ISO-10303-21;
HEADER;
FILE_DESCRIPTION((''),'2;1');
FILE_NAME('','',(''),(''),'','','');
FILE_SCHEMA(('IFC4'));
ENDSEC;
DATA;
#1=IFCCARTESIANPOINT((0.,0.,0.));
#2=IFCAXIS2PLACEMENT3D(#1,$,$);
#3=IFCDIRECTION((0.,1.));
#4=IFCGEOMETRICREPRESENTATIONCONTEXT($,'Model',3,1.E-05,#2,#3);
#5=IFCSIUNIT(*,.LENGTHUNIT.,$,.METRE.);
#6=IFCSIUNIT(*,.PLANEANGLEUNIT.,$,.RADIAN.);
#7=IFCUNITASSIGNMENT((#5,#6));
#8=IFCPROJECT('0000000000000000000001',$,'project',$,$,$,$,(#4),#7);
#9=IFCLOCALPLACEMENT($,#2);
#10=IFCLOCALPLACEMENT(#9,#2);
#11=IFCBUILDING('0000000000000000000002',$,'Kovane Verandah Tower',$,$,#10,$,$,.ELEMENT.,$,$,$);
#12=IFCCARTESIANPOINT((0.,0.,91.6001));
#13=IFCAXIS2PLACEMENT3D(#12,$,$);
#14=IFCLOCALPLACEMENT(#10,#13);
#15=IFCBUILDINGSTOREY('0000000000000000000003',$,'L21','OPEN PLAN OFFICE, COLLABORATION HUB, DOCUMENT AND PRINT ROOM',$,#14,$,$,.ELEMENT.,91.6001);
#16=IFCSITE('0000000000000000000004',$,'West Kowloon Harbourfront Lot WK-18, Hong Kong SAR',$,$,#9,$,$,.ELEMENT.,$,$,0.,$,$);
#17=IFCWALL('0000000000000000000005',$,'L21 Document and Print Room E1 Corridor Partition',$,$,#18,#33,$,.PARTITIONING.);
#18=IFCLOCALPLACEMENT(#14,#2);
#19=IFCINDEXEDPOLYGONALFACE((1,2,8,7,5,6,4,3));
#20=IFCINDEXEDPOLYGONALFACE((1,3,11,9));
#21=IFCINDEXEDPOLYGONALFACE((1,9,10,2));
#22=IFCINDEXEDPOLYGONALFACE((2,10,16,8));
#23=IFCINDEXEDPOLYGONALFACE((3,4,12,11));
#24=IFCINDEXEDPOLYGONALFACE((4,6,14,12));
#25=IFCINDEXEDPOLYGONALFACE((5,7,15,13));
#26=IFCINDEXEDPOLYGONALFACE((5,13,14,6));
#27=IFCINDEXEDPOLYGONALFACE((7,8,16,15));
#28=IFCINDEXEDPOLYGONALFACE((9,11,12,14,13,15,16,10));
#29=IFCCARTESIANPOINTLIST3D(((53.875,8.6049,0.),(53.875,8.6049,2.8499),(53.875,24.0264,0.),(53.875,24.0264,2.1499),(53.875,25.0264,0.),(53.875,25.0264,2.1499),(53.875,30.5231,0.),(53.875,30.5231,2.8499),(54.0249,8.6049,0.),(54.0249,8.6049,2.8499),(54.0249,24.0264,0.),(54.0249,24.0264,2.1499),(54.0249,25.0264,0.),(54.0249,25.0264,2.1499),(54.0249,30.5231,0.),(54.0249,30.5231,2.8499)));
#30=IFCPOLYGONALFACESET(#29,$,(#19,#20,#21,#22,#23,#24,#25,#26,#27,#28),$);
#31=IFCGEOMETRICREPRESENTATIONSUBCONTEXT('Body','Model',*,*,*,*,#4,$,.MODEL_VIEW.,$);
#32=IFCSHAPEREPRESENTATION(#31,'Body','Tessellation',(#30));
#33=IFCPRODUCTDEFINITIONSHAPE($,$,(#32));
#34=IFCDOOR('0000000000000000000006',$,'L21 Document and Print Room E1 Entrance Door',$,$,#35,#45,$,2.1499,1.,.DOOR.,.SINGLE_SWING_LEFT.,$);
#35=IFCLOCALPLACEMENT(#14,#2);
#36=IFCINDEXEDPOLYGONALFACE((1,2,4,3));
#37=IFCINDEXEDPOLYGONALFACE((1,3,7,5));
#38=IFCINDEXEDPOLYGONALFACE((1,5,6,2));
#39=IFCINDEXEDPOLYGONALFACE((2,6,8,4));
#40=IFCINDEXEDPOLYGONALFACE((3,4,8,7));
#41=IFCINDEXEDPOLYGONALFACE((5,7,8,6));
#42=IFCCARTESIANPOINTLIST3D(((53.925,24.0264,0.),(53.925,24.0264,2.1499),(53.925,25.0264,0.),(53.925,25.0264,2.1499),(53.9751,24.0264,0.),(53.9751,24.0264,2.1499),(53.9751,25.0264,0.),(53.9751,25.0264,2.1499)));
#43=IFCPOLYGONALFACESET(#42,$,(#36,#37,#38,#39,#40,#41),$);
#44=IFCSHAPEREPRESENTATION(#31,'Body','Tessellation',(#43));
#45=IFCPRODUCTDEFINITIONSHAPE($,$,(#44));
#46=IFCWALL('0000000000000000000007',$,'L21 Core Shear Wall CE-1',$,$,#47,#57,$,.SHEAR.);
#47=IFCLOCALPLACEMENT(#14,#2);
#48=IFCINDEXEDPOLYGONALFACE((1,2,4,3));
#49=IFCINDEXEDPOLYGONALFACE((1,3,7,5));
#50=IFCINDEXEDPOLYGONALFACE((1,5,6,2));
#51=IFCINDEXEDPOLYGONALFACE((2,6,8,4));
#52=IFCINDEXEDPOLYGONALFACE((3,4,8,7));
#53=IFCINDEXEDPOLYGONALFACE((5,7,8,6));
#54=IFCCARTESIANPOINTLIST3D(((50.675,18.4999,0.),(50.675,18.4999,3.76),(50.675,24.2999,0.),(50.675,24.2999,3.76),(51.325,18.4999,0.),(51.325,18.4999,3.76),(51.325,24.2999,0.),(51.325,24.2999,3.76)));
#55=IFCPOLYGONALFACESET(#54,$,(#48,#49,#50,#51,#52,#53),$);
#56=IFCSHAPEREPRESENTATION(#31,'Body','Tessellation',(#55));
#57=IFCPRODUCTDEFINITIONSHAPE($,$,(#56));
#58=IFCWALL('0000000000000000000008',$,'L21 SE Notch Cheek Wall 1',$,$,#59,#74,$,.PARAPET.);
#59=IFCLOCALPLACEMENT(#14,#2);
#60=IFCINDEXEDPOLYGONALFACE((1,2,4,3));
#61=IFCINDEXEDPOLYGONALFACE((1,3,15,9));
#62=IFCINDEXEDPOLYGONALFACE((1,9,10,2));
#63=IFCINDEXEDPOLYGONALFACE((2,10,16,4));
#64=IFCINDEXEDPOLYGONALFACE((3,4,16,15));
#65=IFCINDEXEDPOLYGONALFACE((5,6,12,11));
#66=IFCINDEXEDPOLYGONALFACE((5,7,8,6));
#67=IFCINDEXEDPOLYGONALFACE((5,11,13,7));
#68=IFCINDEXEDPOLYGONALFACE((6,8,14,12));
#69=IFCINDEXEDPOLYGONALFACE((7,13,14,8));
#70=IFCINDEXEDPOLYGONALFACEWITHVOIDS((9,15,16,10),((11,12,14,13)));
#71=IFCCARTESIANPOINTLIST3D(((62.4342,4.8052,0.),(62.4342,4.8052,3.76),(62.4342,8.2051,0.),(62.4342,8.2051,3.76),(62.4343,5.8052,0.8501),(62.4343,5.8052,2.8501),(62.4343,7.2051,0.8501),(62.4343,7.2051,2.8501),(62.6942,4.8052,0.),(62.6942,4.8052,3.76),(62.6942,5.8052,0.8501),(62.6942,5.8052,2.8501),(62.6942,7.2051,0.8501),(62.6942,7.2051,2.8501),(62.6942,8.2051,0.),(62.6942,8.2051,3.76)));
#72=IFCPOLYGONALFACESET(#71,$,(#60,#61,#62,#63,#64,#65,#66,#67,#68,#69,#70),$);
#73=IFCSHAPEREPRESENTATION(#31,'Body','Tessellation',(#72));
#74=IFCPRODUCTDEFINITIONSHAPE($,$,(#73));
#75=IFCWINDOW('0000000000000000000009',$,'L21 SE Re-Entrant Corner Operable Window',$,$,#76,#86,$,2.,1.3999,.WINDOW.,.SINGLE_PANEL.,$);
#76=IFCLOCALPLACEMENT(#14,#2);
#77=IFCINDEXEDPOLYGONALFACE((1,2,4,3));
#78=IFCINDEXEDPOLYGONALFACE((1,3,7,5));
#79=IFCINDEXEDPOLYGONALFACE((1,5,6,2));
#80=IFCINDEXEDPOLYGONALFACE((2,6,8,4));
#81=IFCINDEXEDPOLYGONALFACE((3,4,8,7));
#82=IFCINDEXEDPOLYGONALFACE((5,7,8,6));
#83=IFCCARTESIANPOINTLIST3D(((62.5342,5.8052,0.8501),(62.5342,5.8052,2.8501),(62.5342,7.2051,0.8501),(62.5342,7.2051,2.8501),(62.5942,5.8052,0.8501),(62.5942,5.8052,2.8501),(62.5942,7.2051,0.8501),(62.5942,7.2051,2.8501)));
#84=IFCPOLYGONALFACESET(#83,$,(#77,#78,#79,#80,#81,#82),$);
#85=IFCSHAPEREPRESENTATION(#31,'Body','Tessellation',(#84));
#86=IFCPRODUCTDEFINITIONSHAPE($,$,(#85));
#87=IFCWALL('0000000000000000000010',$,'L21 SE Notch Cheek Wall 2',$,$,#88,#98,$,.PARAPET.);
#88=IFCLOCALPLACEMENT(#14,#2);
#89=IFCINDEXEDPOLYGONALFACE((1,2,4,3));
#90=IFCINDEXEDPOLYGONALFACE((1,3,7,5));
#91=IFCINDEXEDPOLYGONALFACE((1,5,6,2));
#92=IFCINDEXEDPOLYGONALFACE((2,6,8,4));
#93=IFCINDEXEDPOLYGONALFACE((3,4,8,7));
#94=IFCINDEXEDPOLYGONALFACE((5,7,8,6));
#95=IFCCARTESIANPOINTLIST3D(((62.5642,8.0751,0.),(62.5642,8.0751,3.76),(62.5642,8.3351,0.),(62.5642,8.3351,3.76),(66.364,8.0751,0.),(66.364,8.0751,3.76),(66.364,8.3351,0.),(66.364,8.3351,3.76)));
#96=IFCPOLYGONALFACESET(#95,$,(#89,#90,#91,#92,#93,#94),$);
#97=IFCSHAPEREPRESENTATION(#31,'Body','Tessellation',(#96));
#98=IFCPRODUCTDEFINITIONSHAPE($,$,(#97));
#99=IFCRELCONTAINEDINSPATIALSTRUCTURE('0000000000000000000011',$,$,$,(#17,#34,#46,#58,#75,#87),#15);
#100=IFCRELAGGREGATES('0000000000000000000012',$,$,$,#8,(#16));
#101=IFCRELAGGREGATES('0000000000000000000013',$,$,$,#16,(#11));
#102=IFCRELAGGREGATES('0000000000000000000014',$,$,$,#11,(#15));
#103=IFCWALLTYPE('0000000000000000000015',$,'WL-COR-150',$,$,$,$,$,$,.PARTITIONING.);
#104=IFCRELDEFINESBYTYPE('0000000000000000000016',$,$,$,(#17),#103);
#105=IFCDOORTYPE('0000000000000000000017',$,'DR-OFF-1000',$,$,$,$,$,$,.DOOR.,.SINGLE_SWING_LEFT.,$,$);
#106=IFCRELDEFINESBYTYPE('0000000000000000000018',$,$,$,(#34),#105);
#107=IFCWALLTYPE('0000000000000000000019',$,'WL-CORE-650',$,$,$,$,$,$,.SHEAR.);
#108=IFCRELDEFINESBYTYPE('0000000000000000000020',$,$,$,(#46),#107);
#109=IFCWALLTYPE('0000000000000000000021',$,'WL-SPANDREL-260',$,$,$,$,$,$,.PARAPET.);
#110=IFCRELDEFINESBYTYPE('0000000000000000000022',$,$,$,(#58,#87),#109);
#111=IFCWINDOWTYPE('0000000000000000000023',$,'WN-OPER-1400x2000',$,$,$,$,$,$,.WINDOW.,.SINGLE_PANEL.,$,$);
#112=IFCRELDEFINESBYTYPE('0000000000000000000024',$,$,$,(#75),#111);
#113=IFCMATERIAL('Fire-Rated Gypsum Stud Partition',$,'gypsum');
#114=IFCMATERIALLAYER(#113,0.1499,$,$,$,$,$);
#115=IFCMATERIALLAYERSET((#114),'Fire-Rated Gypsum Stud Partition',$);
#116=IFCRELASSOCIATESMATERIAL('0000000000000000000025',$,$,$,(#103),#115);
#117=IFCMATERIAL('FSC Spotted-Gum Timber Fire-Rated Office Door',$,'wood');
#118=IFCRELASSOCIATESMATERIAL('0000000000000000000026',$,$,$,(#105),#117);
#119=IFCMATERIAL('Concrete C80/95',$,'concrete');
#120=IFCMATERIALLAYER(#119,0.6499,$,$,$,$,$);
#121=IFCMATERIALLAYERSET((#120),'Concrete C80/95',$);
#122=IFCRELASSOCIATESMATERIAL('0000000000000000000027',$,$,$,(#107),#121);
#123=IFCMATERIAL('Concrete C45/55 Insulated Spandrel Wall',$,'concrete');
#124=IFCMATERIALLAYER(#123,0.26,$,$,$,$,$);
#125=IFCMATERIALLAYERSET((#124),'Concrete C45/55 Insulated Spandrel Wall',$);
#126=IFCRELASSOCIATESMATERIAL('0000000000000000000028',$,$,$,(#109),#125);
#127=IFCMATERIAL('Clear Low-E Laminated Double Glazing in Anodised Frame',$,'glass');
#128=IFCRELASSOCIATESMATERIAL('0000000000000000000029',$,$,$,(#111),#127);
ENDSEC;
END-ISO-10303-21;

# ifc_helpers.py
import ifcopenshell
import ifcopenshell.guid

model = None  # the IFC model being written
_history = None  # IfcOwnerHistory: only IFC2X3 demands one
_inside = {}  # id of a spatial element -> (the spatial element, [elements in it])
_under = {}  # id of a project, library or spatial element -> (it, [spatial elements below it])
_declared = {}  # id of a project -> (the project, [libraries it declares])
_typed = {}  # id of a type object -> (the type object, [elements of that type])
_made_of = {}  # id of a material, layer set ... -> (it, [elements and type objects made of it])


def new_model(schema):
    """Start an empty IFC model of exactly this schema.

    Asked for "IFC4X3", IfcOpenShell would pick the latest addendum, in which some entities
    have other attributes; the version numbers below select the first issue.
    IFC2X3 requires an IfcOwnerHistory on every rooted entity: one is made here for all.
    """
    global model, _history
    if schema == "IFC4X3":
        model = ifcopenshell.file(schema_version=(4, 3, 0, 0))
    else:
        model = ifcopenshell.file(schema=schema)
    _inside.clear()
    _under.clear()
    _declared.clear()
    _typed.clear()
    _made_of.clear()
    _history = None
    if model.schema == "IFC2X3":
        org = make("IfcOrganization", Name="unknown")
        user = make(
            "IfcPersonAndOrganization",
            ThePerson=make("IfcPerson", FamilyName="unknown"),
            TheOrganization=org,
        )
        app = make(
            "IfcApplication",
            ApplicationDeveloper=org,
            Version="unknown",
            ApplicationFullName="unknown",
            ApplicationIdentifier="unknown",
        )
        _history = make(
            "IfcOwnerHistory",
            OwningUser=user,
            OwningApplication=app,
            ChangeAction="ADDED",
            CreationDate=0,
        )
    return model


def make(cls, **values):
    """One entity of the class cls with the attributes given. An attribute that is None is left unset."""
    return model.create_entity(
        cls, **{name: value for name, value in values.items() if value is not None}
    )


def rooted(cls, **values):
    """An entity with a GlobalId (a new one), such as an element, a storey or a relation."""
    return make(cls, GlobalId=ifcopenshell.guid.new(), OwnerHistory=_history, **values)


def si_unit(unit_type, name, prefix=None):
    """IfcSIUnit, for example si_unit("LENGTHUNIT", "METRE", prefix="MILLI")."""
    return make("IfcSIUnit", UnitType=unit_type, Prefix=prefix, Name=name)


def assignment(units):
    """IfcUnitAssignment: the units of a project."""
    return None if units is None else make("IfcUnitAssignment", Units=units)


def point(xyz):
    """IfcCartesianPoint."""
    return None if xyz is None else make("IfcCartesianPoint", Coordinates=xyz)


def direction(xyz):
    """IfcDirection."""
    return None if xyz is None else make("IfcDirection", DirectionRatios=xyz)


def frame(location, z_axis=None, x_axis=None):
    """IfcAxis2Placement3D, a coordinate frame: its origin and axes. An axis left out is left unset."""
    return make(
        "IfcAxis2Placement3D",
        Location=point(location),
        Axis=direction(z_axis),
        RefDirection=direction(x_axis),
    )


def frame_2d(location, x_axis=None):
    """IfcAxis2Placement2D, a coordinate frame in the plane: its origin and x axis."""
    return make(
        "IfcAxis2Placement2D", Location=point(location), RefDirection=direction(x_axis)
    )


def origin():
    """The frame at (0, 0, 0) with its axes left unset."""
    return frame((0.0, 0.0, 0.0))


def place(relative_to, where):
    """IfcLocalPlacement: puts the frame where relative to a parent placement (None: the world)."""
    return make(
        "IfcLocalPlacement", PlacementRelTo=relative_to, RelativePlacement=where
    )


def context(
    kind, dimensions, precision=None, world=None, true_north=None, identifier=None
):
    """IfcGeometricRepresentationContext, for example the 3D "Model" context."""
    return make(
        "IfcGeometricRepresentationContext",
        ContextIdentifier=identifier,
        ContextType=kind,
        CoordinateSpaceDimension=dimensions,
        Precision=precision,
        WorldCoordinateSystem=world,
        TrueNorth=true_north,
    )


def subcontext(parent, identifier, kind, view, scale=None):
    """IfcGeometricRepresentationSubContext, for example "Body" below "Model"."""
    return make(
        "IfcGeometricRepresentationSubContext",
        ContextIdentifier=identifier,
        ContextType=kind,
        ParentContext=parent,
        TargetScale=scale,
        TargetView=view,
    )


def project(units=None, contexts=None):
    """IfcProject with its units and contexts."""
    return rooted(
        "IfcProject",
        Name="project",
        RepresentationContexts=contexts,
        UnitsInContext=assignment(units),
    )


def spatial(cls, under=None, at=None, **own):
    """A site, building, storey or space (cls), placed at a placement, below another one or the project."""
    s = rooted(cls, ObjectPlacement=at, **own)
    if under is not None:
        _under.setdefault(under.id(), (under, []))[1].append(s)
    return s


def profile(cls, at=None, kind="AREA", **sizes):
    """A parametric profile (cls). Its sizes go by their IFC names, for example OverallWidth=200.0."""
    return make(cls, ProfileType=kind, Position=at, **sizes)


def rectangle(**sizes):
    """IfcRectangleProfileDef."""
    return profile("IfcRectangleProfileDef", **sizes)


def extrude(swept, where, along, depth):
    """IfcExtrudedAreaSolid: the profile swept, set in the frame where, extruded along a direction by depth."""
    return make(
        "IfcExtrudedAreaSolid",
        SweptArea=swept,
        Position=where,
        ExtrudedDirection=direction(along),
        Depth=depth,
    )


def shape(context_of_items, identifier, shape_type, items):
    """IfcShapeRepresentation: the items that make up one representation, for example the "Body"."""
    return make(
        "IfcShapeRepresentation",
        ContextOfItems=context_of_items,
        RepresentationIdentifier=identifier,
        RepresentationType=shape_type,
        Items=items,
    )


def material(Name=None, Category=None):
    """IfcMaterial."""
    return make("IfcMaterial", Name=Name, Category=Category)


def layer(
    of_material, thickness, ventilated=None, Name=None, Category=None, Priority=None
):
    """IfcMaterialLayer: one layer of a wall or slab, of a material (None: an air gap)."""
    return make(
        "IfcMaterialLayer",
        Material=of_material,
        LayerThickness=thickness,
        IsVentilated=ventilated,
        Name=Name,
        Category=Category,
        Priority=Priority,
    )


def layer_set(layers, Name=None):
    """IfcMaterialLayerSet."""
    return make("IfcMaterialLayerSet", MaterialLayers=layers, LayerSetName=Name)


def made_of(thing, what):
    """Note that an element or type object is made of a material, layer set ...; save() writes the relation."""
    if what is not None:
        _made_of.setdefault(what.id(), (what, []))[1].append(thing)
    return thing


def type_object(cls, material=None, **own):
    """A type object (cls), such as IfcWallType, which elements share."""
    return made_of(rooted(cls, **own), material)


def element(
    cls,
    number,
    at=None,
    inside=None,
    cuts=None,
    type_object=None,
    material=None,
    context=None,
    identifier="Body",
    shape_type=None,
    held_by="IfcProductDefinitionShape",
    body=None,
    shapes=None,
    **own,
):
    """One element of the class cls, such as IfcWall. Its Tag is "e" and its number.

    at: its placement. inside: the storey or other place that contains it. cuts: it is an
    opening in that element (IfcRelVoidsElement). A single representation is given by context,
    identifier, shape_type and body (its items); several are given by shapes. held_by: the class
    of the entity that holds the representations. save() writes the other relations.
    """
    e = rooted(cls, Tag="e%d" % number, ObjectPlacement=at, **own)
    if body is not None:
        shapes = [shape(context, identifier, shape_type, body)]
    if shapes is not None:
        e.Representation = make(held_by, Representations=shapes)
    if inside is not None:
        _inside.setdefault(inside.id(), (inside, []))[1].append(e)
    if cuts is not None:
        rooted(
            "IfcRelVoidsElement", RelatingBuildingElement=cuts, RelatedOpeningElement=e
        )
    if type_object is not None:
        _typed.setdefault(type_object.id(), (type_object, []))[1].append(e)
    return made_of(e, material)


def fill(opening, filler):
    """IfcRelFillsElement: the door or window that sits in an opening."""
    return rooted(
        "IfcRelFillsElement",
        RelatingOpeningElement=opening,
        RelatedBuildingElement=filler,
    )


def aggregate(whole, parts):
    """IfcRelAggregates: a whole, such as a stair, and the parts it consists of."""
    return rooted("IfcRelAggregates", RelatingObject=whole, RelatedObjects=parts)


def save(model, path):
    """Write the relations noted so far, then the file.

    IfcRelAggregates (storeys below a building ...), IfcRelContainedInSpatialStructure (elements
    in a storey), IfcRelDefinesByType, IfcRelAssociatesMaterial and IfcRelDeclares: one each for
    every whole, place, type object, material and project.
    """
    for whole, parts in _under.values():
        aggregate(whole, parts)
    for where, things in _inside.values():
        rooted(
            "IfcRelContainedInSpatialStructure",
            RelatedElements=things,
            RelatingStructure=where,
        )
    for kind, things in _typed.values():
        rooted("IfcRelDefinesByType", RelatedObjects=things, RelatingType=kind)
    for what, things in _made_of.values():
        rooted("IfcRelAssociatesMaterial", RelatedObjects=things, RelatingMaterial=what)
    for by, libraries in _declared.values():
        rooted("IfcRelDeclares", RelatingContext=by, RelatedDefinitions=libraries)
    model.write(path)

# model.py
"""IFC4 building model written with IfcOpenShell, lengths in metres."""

from ifc_helpers import new_model, si_unit, direction, frame, frame_2d, origin, place, context, subcontext, project, spatial, rectangle, extrude, material, layer, layer_set, type_object, element, fill, save


model = new_model("IFC4")

# Units and contexts
model_context = context("Model", 3, precision=1e-05, world=origin(), true_north=direction((0.0, 1.0)))
body_context = subcontext(model_context, "Body", "Model", "MODEL_VIEW")
ifc_project = project(units=[si_unit("LENGTHUNIT", "METRE"), si_unit("PLANEANGLEUNIT", "RADIAN")], contexts=[model_context])

# Site, building, storey
site_placement = place(None, origin())
site = spatial("IfcSite", under=ifc_project, at=site_placement, Name="West Kowloon Harbourfront Lot WK-18, Hong Kong SAR", CompositionType="ELEMENT", RefElevation=0.0)
building_placement = place(site_placement, origin())
building = spatial("IfcBuilding", under=site, at=building_placement, Name="Kovane Verandah Tower", CompositionType="ELEMENT")
storey_placement = place(building_placement, frame((0.0, 0.0, 91.6001)))
storey = spatial("IfcBuildingStorey", under=building, at=storey_placement, Name="L21", Description="OPEN PLAN OFFICE, COLLABORATION HUB, DOCUMENT AND PRINT ROOM", CompositionType="ELEMENT", Elevation=91.6001)

# Shared definitions
ifc_material_1 = material(Name="Concrete C80/95", Category="concrete")

# Wall, opening, door
ifc_material_2 = material(Name="Fire-Rated Gypsum Stud Partition", Category="gypsum")
ifc_layer_1 = layer(ifc_material_2, 0.1499)
ifc_layer_set_1 = layer_set([ifc_layer_1], Name="Fire-Rated Gypsum Stud Partition")
wall_type_1 = type_object("IfcWallType", Name="WL-COR-150", PredefinedType="PARTITIONING", material=ifc_layer_set_1)
wall_1_placement = place(storey_placement, frame((53.95, 8.605, 0.0), z_axis=(0.0, 0.0, 1.0), x_axis=(0.0, 1.0, 0.0)))
wall_1 = element("IfcWall", 1, at=wall_1_placement, inside=storey, type_object=wall_type_1, Name="L21 Document and Print Room E1 Corridor Partition", PredefinedType="PARTITIONING", context=body_context, shape_type="SweptSolid", body=[
    extrude(rectangle(XDim=21.9182, YDim=0.1499, at=frame_2d((10.959, 0.0))), origin(), (0.0, 0.0, 1.0), 2.8499),
])
opening_1_placement = place(wall_1_placement, frame((15.4214, 0.0, 0.0)))
opening_1 = element("IfcOpeningElement", 2, at=opening_1_placement, cuts=wall_1, PredefinedType="OPENING", context=body_context, shape_type="SweptSolid", body=[
    extrude(rectangle(XDim=1.0, YDim=2.1499, at=frame_2d((0.5, 1.075))), frame((0.0, 0.075, 0.0), z_axis=(0.0, -1.0, 0.0), x_axis=(1.0, 0.0, 0.0)), (0.0, 0.0, 1.0), 0.1499),
])
ifc_material_3 = material(Name="FSC Spotted-Gum Timber Fire-Rated Office Door", Category="wood")
door_type_1 = type_object("IfcDoorType", Name="DR-OFF-1000", OperationType="SINGLE_SWING_LEFT", PredefinedType="DOOR", material=ifc_material_3)
door_1_placement = place(opening_1_placement, origin())
door_1 = element("IfcDoor", 3, at=door_1_placement, inside=storey, type_object=door_type_1, Name="L21 Document and Print Room E1 Entrance Door", OperationType="SINGLE_SWING_LEFT", OverallHeight=2.1499, OverallWidth=1.0, PredefinedType="DOOR", context=body_context, shape_type="SweptSolid", body=[
    extrude(rectangle(XDim=1.0, YDim=2.1499, at=frame_2d((0.5, 1.075))), frame((0.0, 0.0249, 0.0), z_axis=(0.0, -1.0, 0.0), x_axis=(1.0, 0.0, 0.0)), (0.0, 0.0, 1.0), 0.05),
])
fill(opening_1, door_1)

# Wall
ifc_layer_2 = layer(ifc_material_1, 0.6499)
ifc_layer_set_2 = layer_set([ifc_layer_2], Name="Concrete C80/95")
wall_type_2 = type_object("IfcWallType", Name="WL-CORE-650", PredefinedType="SHEAR", material=ifc_layer_set_2)
wall_2_placement = place(storey_placement, frame((51.0, 18.5, 0.0), z_axis=(0.0, 0.0, 1.0), x_axis=(0.0, 1.0, 0.0)))
element("IfcWall", 4, at=wall_2_placement, inside=storey, type_object=wall_type_2, Name="L21 Core Shear Wall CE-1", PredefinedType="SHEAR", context=body_context, shape_type="SweptSolid", body=[
    extrude(rectangle(XDim=5.8, YDim=0.6499, at=frame_2d((2.8999, 0.0))), origin(), (0.0, 0.0, 1.0), 3.76),
])

# Shared definitions
ifc_material_4 = material(Name="Concrete C45/55 Insulated Spandrel Wall", Category="concrete")
ifc_layer_3 = layer(ifc_material_4, 0.26)
ifc_layer_set_3 = layer_set([ifc_layer_3], Name="Concrete C45/55 Insulated Spandrel Wall")
wall_type_3 = type_object("IfcWallType", Name="WL-SPANDREL-260", PredefinedType="PARAPET", material=ifc_layer_set_3)
ifc_material_5 = material(Name="Clear Low-E Laminated Double Glazing in Anodised Frame", Category="glass")

# Wall, opening, window
wall_3_placement = place(storey_placement, frame((62.5642, 4.8052, 0.0), z_axis=(0.0, 0.0, 1.0), x_axis=(0.0, 1.0, 0.0)))
wall_3 = element("IfcWall", 5, at=wall_3_placement, inside=storey, type_object=wall_type_3, Name="L21 SE Notch Cheek Wall 1", PredefinedType="PARAPET", context=body_context, shape_type="SweptSolid", body=[
    extrude(rectangle(XDim=3.3999, YDim=0.26, at=frame_2d((1.7, 0.0))), origin(), (0.0, 0.0, 1.0), 3.76),
])
opening_2_placement = place(wall_3_placement, frame((1.0, 0.0, 0.8501)))
opening_2 = element("IfcOpeningElement", 6, at=opening_2_placement, cuts=wall_3, PredefinedType="OPENING", context=body_context, shape_type="SweptSolid", body=[
    extrude(rectangle(XDim=1.3999, YDim=2.0, at=frame_2d((0.7, 1.0))), frame((0.0, 0.1299, 0.0), z_axis=(0.0, -1.0, 0.0), x_axis=(1.0, 0.0, 0.0)), (0.0, 0.0, 1.0), 0.26),
])
window_type_1 = type_object("IfcWindowType", Name="WN-OPER-1400x2000", PartitioningType="SINGLE_PANEL", PredefinedType="WINDOW", material=ifc_material_5)
window_1_placement = place(opening_2_placement, origin())
window_1 = element("IfcWindow", 7, at=window_1_placement, inside=storey, type_object=window_type_1, Name="L21 SE Re-Entrant Corner Operable Window", OverallHeight=2.0, OverallWidth=1.3999, PartitioningType="SINGLE_PANEL", PredefinedType="WINDOW", context=body_context, shape_type="SweptSolid", body=[
    extrude(rectangle(XDim=1.3999, YDim=2.0, at=frame_2d((0.7, 1.0))), frame((0.0, 0.03, 0.0), z_axis=(0.0, -1.0, 0.0), x_axis=(1.0, 0.0, 0.0)), (0.0, 0.0, 1.0), 0.0601),
])
fill(opening_2, window_1)

# Wall
wall_4_placement = place(storey_placement, frame((62.5642, 8.2051, 0.0), z_axis=(0.0, 0.0, 1.0), x_axis=(1.0, 0.0, 0.0)))
element("IfcWall", 8, at=wall_4_placement, inside=storey, type_object=wall_type_3, Name="L21 SE Notch Cheek Wall 2", PredefinedType="PARAPET", context=body_context, shape_type="SweptSolid", body=[
    extrude(rectangle(XDim=3.7998, YDim=0.26, at=frame_2d((1.8999, 0.0))), origin(), (0.0, 0.0, 1.0), 3.76),
])

save(model, "model.ifc")
